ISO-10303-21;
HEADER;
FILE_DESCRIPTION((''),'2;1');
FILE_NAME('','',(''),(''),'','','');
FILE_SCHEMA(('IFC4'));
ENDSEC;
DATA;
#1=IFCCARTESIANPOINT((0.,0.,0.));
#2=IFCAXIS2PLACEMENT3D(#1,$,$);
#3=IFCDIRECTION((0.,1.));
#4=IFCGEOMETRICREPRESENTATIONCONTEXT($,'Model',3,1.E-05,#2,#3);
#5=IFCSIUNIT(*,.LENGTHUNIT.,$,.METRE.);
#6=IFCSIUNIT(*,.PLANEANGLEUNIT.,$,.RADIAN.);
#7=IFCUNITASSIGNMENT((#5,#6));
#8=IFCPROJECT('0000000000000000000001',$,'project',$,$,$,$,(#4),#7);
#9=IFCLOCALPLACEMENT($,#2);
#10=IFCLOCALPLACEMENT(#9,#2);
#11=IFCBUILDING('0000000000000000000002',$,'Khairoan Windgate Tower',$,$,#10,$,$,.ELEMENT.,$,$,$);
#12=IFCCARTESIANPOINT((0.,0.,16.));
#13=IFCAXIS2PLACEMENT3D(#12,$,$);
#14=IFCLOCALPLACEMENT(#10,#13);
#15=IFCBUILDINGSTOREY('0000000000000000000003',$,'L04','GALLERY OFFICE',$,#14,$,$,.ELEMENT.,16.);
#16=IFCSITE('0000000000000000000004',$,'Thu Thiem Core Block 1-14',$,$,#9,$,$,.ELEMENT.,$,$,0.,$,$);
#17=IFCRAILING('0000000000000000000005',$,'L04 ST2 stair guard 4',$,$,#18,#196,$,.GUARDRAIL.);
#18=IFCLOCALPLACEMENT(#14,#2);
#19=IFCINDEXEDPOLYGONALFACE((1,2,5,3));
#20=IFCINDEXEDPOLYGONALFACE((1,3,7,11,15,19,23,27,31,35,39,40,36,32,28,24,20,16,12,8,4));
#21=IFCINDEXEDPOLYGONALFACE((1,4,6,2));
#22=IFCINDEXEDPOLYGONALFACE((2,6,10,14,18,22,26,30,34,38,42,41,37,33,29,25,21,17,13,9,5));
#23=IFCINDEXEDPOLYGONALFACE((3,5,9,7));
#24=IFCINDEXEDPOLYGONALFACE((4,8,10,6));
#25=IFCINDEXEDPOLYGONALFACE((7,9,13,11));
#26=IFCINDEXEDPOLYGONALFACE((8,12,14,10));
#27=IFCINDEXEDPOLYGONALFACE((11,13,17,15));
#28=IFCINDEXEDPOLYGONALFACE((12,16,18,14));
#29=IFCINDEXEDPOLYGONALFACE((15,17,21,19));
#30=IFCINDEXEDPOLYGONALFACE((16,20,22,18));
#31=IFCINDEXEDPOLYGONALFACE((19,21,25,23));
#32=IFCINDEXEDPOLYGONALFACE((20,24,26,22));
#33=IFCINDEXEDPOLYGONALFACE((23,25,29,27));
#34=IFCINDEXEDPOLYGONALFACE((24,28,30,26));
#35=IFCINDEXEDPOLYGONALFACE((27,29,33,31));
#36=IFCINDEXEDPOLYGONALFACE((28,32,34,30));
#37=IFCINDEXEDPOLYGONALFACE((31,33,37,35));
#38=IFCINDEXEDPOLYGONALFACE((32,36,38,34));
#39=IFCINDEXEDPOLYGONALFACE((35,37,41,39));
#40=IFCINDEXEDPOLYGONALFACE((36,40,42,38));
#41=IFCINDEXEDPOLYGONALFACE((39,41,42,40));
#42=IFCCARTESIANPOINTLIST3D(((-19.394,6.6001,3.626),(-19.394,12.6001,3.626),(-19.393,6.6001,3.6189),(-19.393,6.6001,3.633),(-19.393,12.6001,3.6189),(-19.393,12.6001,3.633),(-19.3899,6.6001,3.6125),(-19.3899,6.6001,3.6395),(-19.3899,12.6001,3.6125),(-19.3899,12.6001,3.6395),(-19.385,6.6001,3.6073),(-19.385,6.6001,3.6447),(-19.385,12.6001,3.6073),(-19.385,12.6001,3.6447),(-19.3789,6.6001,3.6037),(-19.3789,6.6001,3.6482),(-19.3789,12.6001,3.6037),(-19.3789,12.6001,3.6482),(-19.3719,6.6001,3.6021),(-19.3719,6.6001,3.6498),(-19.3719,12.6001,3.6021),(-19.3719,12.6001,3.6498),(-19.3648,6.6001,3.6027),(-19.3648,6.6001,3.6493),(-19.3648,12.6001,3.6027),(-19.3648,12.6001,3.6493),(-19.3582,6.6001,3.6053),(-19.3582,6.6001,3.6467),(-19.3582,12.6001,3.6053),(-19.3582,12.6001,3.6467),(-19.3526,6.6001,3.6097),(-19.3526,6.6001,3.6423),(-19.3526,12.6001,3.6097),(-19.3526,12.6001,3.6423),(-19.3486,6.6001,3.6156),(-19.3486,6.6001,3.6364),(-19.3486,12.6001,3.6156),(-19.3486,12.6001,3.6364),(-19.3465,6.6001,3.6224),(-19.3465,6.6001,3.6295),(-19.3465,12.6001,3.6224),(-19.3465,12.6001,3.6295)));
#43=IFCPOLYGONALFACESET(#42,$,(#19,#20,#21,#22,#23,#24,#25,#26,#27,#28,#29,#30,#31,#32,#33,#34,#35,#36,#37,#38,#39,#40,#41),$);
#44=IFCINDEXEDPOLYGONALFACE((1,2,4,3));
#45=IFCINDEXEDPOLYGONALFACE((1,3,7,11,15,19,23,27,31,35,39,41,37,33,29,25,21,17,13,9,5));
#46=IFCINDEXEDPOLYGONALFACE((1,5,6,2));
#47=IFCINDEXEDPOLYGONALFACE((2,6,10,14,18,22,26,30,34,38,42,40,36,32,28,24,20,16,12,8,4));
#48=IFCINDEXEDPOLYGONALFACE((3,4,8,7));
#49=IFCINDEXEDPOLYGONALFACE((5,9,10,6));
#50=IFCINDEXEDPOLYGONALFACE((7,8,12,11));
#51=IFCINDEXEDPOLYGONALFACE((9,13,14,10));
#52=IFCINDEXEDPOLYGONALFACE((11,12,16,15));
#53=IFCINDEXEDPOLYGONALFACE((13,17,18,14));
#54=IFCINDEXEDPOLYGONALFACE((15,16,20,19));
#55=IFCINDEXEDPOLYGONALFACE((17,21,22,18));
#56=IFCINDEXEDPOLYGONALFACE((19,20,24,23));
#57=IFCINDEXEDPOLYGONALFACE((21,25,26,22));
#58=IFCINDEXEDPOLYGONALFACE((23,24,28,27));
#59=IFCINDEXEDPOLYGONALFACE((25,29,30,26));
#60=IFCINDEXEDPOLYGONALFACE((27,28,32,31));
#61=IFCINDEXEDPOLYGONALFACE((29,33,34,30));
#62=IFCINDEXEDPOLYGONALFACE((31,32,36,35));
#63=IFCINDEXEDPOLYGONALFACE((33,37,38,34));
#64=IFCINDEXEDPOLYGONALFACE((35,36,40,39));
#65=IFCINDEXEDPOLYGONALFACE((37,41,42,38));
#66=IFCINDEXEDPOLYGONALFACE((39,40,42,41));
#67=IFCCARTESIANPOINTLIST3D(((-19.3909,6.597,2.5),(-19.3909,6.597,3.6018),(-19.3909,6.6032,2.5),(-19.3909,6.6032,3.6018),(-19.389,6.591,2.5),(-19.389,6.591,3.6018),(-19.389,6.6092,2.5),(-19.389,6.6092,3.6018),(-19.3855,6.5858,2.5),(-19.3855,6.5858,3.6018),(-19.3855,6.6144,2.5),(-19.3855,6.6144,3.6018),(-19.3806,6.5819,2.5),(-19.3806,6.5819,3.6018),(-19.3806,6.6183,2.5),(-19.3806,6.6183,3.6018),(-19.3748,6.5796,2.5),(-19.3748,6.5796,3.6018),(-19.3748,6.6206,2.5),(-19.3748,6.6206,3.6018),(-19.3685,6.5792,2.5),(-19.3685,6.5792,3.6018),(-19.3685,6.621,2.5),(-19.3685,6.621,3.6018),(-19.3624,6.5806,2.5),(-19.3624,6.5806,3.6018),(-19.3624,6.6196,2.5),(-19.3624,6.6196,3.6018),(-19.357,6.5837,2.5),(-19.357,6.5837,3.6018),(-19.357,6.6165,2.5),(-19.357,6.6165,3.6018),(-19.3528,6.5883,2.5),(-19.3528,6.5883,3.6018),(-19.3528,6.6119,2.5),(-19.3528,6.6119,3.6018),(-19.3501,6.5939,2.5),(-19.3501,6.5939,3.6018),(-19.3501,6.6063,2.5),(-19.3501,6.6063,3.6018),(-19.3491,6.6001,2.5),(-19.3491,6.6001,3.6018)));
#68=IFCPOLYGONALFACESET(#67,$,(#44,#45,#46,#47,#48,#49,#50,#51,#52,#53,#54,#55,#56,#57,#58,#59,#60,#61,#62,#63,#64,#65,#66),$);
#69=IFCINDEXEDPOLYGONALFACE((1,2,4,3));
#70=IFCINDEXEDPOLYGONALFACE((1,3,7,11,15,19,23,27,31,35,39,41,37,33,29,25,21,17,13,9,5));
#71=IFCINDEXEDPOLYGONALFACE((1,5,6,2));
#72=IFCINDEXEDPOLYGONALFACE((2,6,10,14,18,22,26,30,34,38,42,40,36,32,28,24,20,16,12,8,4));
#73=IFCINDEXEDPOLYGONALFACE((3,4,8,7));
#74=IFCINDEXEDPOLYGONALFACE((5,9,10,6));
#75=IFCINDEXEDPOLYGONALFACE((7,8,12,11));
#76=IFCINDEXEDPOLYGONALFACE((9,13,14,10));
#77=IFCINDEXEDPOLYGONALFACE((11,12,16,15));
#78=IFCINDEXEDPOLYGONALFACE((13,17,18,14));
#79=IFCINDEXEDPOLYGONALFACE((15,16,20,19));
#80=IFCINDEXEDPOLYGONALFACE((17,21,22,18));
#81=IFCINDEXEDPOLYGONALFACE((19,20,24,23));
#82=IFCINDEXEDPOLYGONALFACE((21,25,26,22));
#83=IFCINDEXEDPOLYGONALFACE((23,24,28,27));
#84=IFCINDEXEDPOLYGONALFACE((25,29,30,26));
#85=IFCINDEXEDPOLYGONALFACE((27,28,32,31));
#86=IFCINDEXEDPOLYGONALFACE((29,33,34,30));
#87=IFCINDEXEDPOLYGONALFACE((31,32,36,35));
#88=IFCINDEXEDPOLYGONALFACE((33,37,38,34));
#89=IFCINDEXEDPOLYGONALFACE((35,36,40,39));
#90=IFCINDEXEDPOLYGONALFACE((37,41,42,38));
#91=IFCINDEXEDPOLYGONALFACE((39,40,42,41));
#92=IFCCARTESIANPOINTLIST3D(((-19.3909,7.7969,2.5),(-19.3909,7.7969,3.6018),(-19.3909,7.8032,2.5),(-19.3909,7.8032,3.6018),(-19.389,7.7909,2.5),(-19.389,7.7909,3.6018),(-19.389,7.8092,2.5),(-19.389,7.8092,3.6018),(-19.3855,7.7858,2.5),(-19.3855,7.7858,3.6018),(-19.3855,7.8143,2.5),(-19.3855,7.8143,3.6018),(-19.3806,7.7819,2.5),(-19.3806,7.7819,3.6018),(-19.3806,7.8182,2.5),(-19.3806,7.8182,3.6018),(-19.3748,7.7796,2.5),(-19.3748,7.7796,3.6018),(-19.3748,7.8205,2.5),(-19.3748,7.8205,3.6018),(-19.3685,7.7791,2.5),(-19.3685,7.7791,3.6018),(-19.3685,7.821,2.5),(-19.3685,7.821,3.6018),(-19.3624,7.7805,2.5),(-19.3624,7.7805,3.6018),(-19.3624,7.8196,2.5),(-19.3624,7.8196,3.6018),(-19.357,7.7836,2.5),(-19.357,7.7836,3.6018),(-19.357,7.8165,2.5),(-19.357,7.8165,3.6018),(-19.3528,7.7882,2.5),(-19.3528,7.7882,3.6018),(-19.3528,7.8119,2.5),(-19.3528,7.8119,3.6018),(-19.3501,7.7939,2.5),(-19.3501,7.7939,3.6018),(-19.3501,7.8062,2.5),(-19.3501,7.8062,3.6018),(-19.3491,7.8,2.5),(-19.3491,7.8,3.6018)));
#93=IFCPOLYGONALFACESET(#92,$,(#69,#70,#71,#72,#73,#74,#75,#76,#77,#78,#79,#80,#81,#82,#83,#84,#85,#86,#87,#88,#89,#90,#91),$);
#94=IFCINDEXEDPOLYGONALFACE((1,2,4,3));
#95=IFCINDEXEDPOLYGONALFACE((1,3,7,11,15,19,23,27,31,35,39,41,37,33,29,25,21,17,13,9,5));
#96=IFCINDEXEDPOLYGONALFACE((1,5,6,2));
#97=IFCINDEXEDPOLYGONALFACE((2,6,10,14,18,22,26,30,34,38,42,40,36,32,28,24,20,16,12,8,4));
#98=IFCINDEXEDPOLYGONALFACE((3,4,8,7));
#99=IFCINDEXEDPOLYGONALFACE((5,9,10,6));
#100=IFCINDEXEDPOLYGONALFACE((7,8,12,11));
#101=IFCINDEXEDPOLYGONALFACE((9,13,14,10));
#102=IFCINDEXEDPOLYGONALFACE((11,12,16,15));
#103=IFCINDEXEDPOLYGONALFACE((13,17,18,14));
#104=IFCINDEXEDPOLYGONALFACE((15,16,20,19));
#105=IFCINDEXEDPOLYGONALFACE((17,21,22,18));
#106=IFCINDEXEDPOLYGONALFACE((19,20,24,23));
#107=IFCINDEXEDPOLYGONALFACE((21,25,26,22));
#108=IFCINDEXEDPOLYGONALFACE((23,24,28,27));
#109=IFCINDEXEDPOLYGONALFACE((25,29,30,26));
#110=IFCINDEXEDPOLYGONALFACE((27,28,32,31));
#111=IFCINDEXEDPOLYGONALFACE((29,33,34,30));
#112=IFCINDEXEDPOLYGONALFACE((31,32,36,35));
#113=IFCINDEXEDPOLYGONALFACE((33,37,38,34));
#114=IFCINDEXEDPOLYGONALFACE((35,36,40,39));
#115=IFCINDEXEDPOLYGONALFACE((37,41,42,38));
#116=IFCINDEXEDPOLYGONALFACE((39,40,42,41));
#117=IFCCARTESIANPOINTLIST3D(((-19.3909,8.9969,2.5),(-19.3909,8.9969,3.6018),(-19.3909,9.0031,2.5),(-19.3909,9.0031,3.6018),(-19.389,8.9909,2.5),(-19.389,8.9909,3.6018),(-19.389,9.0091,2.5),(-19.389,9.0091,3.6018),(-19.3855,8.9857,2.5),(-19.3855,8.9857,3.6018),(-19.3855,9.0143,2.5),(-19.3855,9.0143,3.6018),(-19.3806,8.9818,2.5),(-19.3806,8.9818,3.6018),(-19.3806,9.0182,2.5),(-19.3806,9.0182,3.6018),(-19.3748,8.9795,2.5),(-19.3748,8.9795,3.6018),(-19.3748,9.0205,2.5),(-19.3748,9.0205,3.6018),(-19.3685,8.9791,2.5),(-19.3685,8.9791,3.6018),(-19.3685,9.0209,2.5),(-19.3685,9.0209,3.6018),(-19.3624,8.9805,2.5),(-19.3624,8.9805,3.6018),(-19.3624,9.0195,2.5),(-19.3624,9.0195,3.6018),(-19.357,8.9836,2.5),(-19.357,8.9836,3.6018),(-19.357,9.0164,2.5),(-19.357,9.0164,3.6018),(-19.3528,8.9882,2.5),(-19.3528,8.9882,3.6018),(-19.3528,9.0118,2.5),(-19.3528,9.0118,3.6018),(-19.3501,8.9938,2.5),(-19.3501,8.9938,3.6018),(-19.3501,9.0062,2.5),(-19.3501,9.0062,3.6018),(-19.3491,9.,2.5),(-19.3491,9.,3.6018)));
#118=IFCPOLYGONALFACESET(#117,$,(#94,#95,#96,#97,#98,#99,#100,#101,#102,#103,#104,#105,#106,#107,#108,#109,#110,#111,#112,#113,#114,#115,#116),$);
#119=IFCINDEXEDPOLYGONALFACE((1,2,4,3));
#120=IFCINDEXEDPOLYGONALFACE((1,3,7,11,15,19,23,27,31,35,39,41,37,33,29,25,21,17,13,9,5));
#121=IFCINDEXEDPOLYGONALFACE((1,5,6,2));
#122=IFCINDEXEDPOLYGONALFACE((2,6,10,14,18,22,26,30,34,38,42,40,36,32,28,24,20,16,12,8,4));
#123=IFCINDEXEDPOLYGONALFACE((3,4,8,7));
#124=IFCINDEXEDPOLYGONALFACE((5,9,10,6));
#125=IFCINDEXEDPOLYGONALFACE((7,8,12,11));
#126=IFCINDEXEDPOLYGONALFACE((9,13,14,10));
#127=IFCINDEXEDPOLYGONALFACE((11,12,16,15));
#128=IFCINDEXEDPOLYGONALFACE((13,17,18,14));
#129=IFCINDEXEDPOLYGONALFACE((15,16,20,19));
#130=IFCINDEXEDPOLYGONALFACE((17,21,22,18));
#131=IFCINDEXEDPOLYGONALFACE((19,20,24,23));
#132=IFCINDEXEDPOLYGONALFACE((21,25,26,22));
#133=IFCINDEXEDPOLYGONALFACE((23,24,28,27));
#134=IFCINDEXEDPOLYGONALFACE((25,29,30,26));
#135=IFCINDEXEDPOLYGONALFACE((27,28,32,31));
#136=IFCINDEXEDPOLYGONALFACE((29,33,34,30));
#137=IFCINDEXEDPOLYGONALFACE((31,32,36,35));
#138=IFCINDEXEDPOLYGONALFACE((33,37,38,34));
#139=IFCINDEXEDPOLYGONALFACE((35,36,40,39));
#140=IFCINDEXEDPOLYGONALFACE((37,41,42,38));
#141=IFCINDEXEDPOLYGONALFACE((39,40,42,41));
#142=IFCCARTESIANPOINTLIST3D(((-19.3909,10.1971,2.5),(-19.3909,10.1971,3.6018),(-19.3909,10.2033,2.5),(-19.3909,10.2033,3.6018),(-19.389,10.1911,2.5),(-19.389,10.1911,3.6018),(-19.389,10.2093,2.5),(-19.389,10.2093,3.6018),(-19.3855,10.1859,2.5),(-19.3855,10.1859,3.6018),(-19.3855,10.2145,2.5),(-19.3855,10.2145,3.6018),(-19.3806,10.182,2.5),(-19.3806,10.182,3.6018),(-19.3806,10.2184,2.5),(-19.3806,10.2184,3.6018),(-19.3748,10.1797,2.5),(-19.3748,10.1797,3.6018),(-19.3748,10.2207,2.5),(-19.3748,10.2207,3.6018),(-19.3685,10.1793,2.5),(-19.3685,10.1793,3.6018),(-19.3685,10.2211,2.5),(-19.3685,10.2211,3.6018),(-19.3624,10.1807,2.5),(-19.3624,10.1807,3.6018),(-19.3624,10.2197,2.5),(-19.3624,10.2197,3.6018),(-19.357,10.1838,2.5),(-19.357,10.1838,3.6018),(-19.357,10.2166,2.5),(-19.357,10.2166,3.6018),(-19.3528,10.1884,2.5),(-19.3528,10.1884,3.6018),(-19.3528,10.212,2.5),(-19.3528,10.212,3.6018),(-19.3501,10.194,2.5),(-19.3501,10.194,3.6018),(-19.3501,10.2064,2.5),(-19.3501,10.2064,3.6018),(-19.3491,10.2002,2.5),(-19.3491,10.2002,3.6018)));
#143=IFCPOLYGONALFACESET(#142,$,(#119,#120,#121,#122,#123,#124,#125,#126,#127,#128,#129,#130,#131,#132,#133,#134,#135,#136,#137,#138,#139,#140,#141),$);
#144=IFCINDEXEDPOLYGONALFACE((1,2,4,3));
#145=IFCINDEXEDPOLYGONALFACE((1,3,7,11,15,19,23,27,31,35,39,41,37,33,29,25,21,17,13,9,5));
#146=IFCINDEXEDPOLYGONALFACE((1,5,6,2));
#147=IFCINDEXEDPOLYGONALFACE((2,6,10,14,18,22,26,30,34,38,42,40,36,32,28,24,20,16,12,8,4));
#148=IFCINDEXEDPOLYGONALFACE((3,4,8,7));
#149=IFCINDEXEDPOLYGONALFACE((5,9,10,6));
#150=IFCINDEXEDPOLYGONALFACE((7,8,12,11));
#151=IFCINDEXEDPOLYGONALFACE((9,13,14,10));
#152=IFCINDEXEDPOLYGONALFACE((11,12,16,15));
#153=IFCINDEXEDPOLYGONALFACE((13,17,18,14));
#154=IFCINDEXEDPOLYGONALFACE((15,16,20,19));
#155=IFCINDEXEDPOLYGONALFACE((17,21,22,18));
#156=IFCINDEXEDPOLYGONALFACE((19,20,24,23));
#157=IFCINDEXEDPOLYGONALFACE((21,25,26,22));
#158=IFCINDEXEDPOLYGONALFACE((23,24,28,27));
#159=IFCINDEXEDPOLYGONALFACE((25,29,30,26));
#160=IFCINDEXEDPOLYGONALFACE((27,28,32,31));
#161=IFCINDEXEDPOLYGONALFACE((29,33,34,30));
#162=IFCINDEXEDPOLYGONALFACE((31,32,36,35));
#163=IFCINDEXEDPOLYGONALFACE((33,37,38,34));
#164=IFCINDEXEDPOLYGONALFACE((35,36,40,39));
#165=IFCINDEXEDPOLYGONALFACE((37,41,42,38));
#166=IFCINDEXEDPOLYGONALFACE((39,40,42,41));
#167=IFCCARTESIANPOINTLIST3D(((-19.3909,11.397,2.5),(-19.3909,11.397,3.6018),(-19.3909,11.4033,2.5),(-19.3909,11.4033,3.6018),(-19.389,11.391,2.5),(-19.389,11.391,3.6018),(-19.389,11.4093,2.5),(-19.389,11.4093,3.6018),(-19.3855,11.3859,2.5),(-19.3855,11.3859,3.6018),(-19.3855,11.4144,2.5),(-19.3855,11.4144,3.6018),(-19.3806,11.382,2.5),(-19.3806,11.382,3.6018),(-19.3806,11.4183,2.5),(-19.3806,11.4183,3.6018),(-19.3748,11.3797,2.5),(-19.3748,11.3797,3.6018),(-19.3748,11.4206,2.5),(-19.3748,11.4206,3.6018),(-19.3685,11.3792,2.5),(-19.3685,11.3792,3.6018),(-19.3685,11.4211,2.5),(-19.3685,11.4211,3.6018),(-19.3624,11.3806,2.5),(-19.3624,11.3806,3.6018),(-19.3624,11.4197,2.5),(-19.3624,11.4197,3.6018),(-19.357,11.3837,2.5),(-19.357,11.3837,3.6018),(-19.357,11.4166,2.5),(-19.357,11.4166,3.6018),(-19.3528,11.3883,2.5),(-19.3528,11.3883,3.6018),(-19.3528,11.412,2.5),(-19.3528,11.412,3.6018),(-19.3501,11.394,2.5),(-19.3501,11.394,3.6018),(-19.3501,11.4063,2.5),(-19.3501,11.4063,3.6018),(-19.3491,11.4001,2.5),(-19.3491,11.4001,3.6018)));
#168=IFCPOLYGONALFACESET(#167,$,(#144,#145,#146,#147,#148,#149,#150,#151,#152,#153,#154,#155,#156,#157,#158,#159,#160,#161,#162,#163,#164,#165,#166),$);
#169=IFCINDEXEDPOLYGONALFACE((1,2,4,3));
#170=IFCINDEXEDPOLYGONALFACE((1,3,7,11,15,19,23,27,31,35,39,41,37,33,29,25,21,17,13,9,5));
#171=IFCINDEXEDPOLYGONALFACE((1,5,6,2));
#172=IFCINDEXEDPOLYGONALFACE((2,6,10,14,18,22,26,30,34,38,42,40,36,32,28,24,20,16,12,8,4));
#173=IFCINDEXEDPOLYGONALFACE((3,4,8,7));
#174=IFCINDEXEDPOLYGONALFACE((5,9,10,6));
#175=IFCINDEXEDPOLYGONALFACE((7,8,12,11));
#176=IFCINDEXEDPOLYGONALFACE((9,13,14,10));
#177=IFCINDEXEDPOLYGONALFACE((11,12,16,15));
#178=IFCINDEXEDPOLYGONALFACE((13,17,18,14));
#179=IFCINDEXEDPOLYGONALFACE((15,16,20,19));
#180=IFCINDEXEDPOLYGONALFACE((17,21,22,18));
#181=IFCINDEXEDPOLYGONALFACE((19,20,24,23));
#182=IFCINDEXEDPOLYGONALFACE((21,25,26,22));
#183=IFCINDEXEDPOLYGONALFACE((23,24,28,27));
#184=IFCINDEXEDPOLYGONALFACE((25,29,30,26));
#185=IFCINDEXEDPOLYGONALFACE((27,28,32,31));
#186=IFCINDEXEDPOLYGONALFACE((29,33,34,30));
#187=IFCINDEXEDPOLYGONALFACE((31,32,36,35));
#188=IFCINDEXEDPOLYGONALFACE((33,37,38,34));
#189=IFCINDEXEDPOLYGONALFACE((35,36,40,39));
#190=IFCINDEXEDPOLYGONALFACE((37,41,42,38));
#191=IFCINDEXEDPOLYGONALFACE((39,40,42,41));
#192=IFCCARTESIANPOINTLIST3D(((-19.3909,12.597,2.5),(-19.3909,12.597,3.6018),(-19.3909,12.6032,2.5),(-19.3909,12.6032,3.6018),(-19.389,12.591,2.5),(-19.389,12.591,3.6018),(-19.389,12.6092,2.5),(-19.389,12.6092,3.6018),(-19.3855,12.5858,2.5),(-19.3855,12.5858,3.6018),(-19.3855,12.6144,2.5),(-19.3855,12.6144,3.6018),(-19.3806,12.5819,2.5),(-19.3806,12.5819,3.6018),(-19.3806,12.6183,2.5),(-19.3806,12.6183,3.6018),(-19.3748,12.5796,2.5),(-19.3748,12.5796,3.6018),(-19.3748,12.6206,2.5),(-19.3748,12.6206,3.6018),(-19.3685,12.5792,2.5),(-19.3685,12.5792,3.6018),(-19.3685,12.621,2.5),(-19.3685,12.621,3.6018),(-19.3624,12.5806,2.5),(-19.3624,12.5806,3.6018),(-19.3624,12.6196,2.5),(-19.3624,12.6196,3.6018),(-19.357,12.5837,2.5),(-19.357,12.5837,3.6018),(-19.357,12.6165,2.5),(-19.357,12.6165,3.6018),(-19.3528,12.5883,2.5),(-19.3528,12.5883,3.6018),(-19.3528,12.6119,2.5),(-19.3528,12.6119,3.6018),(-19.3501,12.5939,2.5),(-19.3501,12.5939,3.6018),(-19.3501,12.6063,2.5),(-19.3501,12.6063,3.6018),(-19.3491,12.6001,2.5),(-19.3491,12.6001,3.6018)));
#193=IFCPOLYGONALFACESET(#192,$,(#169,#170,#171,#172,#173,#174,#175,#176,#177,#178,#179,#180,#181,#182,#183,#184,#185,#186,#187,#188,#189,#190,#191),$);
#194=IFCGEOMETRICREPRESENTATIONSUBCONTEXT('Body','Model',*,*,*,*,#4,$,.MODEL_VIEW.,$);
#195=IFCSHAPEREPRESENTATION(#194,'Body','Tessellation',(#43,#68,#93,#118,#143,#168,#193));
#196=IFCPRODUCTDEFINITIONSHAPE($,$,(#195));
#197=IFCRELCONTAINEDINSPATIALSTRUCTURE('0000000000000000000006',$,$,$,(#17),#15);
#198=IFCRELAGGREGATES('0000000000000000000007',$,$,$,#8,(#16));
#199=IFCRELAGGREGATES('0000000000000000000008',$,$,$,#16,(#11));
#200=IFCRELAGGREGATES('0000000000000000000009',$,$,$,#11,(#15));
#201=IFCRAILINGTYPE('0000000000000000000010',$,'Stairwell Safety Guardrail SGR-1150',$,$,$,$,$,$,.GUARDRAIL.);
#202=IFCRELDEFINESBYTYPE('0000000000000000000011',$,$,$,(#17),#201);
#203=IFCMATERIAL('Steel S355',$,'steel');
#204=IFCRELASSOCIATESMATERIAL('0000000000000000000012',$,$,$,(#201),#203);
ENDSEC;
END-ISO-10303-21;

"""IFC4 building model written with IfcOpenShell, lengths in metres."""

from ifc_helpers import new_model, si_unit, direction, frame, origin, origin_2d, place, context, subcontext, project, spatial, circle, extrude, material, type_object, element, save


model = new_model("IFC4")

# Units and contexts
model_context = context("Model", 3, precision=1e-05, world=origin(), true_north=direction((0.0, 1.0)))
body_context = subcontext(model_context, "Body", "Model", "MODEL_VIEW")
ifc_project = project(units=[si_unit("LENGTHUNIT", "METRE"), si_unit("PLANEANGLEUNIT", "RADIAN")], contexts=[model_context])

# Site, building, storey
site_placement = place(None, origin())
site = spatial("IfcSite", under=ifc_project, at=site_placement, Name="Thu Thiem Core Block 1-14", CompositionType="ELEMENT", RefElevation=0.0)
building_placement = place(site_placement, origin())
building = spatial("IfcBuilding", under=site, at=building_placement, Name="Khairoan Windgate Tower", CompositionType="ELEMENT")
storey_placement = place(building_placement, frame((0.0, 0.0, 16.0)))
storey = spatial("IfcBuildingStorey", under=building, at=storey_placement, Name="L04", Description="GALLERY OFFICE", CompositionType="ELEMENT", Elevation=16.0)

# Railing
ifc_material_1 = material(Name="Steel S355", Category="steel")
railing_type_1 = type_object("IfcRailingType", Name="Stairwell Safety Guardrail SGR-1150", PredefinedType="GUARDRAIL", material=ifc_material_1)
railing_1_placement = place(storey_placement, frame((-19.3701, 6.6001, 2.5)))
element("IfcRailing", 1, at=railing_1_placement, inside=storey, type_object=railing_type_1, Name="L04 ST2 stair guard 4", PredefinedType="GUARDRAIL", context=body_context, shape_type="SweptSolid", body=[
    extrude(circle(Radius=0.0239, at=origin_2d()), frame((0.0, 0.0, 1.126), z_axis=(0.0, 1.0, 0.0), x_axis=(-1.0, 0.0, 0.0)), (0.0, 0.0, 1.0), 6.0),
    extrude(circle(Radius=0.021, at=origin_2d()), origin(), (0.0, 0.0, 1.0), 1.1018),
    extrude(circle(Radius=0.021, at=origin_2d()), frame((0.0, 1.2, 0.0)), (0.0, 0.0, 1.0), 1.1018),
    extrude(circle(Radius=0.021, at=origin_2d()), frame((0.0, 2.3999, 0.0)), (0.0, 0.0, 1.0), 1.1018),
    extrude(circle(Radius=0.021, at=origin_2d()), frame((0.0, 3.6001, 0.0)), (0.0, 0.0, 1.0), 1.1018),
    extrude(circle(Radius=0.021, at=origin_2d()), frame((0.0, 4.8, 0.0)), (0.0, 0.0, 1.0), 1.1018),
    extrude(circle(Radius=0.021, at=origin_2d()), frame((0.0, 6.0, 0.0)), (0.0, 0.0, 1.0), 1.1018),
])

save(model, "model.ifc")
